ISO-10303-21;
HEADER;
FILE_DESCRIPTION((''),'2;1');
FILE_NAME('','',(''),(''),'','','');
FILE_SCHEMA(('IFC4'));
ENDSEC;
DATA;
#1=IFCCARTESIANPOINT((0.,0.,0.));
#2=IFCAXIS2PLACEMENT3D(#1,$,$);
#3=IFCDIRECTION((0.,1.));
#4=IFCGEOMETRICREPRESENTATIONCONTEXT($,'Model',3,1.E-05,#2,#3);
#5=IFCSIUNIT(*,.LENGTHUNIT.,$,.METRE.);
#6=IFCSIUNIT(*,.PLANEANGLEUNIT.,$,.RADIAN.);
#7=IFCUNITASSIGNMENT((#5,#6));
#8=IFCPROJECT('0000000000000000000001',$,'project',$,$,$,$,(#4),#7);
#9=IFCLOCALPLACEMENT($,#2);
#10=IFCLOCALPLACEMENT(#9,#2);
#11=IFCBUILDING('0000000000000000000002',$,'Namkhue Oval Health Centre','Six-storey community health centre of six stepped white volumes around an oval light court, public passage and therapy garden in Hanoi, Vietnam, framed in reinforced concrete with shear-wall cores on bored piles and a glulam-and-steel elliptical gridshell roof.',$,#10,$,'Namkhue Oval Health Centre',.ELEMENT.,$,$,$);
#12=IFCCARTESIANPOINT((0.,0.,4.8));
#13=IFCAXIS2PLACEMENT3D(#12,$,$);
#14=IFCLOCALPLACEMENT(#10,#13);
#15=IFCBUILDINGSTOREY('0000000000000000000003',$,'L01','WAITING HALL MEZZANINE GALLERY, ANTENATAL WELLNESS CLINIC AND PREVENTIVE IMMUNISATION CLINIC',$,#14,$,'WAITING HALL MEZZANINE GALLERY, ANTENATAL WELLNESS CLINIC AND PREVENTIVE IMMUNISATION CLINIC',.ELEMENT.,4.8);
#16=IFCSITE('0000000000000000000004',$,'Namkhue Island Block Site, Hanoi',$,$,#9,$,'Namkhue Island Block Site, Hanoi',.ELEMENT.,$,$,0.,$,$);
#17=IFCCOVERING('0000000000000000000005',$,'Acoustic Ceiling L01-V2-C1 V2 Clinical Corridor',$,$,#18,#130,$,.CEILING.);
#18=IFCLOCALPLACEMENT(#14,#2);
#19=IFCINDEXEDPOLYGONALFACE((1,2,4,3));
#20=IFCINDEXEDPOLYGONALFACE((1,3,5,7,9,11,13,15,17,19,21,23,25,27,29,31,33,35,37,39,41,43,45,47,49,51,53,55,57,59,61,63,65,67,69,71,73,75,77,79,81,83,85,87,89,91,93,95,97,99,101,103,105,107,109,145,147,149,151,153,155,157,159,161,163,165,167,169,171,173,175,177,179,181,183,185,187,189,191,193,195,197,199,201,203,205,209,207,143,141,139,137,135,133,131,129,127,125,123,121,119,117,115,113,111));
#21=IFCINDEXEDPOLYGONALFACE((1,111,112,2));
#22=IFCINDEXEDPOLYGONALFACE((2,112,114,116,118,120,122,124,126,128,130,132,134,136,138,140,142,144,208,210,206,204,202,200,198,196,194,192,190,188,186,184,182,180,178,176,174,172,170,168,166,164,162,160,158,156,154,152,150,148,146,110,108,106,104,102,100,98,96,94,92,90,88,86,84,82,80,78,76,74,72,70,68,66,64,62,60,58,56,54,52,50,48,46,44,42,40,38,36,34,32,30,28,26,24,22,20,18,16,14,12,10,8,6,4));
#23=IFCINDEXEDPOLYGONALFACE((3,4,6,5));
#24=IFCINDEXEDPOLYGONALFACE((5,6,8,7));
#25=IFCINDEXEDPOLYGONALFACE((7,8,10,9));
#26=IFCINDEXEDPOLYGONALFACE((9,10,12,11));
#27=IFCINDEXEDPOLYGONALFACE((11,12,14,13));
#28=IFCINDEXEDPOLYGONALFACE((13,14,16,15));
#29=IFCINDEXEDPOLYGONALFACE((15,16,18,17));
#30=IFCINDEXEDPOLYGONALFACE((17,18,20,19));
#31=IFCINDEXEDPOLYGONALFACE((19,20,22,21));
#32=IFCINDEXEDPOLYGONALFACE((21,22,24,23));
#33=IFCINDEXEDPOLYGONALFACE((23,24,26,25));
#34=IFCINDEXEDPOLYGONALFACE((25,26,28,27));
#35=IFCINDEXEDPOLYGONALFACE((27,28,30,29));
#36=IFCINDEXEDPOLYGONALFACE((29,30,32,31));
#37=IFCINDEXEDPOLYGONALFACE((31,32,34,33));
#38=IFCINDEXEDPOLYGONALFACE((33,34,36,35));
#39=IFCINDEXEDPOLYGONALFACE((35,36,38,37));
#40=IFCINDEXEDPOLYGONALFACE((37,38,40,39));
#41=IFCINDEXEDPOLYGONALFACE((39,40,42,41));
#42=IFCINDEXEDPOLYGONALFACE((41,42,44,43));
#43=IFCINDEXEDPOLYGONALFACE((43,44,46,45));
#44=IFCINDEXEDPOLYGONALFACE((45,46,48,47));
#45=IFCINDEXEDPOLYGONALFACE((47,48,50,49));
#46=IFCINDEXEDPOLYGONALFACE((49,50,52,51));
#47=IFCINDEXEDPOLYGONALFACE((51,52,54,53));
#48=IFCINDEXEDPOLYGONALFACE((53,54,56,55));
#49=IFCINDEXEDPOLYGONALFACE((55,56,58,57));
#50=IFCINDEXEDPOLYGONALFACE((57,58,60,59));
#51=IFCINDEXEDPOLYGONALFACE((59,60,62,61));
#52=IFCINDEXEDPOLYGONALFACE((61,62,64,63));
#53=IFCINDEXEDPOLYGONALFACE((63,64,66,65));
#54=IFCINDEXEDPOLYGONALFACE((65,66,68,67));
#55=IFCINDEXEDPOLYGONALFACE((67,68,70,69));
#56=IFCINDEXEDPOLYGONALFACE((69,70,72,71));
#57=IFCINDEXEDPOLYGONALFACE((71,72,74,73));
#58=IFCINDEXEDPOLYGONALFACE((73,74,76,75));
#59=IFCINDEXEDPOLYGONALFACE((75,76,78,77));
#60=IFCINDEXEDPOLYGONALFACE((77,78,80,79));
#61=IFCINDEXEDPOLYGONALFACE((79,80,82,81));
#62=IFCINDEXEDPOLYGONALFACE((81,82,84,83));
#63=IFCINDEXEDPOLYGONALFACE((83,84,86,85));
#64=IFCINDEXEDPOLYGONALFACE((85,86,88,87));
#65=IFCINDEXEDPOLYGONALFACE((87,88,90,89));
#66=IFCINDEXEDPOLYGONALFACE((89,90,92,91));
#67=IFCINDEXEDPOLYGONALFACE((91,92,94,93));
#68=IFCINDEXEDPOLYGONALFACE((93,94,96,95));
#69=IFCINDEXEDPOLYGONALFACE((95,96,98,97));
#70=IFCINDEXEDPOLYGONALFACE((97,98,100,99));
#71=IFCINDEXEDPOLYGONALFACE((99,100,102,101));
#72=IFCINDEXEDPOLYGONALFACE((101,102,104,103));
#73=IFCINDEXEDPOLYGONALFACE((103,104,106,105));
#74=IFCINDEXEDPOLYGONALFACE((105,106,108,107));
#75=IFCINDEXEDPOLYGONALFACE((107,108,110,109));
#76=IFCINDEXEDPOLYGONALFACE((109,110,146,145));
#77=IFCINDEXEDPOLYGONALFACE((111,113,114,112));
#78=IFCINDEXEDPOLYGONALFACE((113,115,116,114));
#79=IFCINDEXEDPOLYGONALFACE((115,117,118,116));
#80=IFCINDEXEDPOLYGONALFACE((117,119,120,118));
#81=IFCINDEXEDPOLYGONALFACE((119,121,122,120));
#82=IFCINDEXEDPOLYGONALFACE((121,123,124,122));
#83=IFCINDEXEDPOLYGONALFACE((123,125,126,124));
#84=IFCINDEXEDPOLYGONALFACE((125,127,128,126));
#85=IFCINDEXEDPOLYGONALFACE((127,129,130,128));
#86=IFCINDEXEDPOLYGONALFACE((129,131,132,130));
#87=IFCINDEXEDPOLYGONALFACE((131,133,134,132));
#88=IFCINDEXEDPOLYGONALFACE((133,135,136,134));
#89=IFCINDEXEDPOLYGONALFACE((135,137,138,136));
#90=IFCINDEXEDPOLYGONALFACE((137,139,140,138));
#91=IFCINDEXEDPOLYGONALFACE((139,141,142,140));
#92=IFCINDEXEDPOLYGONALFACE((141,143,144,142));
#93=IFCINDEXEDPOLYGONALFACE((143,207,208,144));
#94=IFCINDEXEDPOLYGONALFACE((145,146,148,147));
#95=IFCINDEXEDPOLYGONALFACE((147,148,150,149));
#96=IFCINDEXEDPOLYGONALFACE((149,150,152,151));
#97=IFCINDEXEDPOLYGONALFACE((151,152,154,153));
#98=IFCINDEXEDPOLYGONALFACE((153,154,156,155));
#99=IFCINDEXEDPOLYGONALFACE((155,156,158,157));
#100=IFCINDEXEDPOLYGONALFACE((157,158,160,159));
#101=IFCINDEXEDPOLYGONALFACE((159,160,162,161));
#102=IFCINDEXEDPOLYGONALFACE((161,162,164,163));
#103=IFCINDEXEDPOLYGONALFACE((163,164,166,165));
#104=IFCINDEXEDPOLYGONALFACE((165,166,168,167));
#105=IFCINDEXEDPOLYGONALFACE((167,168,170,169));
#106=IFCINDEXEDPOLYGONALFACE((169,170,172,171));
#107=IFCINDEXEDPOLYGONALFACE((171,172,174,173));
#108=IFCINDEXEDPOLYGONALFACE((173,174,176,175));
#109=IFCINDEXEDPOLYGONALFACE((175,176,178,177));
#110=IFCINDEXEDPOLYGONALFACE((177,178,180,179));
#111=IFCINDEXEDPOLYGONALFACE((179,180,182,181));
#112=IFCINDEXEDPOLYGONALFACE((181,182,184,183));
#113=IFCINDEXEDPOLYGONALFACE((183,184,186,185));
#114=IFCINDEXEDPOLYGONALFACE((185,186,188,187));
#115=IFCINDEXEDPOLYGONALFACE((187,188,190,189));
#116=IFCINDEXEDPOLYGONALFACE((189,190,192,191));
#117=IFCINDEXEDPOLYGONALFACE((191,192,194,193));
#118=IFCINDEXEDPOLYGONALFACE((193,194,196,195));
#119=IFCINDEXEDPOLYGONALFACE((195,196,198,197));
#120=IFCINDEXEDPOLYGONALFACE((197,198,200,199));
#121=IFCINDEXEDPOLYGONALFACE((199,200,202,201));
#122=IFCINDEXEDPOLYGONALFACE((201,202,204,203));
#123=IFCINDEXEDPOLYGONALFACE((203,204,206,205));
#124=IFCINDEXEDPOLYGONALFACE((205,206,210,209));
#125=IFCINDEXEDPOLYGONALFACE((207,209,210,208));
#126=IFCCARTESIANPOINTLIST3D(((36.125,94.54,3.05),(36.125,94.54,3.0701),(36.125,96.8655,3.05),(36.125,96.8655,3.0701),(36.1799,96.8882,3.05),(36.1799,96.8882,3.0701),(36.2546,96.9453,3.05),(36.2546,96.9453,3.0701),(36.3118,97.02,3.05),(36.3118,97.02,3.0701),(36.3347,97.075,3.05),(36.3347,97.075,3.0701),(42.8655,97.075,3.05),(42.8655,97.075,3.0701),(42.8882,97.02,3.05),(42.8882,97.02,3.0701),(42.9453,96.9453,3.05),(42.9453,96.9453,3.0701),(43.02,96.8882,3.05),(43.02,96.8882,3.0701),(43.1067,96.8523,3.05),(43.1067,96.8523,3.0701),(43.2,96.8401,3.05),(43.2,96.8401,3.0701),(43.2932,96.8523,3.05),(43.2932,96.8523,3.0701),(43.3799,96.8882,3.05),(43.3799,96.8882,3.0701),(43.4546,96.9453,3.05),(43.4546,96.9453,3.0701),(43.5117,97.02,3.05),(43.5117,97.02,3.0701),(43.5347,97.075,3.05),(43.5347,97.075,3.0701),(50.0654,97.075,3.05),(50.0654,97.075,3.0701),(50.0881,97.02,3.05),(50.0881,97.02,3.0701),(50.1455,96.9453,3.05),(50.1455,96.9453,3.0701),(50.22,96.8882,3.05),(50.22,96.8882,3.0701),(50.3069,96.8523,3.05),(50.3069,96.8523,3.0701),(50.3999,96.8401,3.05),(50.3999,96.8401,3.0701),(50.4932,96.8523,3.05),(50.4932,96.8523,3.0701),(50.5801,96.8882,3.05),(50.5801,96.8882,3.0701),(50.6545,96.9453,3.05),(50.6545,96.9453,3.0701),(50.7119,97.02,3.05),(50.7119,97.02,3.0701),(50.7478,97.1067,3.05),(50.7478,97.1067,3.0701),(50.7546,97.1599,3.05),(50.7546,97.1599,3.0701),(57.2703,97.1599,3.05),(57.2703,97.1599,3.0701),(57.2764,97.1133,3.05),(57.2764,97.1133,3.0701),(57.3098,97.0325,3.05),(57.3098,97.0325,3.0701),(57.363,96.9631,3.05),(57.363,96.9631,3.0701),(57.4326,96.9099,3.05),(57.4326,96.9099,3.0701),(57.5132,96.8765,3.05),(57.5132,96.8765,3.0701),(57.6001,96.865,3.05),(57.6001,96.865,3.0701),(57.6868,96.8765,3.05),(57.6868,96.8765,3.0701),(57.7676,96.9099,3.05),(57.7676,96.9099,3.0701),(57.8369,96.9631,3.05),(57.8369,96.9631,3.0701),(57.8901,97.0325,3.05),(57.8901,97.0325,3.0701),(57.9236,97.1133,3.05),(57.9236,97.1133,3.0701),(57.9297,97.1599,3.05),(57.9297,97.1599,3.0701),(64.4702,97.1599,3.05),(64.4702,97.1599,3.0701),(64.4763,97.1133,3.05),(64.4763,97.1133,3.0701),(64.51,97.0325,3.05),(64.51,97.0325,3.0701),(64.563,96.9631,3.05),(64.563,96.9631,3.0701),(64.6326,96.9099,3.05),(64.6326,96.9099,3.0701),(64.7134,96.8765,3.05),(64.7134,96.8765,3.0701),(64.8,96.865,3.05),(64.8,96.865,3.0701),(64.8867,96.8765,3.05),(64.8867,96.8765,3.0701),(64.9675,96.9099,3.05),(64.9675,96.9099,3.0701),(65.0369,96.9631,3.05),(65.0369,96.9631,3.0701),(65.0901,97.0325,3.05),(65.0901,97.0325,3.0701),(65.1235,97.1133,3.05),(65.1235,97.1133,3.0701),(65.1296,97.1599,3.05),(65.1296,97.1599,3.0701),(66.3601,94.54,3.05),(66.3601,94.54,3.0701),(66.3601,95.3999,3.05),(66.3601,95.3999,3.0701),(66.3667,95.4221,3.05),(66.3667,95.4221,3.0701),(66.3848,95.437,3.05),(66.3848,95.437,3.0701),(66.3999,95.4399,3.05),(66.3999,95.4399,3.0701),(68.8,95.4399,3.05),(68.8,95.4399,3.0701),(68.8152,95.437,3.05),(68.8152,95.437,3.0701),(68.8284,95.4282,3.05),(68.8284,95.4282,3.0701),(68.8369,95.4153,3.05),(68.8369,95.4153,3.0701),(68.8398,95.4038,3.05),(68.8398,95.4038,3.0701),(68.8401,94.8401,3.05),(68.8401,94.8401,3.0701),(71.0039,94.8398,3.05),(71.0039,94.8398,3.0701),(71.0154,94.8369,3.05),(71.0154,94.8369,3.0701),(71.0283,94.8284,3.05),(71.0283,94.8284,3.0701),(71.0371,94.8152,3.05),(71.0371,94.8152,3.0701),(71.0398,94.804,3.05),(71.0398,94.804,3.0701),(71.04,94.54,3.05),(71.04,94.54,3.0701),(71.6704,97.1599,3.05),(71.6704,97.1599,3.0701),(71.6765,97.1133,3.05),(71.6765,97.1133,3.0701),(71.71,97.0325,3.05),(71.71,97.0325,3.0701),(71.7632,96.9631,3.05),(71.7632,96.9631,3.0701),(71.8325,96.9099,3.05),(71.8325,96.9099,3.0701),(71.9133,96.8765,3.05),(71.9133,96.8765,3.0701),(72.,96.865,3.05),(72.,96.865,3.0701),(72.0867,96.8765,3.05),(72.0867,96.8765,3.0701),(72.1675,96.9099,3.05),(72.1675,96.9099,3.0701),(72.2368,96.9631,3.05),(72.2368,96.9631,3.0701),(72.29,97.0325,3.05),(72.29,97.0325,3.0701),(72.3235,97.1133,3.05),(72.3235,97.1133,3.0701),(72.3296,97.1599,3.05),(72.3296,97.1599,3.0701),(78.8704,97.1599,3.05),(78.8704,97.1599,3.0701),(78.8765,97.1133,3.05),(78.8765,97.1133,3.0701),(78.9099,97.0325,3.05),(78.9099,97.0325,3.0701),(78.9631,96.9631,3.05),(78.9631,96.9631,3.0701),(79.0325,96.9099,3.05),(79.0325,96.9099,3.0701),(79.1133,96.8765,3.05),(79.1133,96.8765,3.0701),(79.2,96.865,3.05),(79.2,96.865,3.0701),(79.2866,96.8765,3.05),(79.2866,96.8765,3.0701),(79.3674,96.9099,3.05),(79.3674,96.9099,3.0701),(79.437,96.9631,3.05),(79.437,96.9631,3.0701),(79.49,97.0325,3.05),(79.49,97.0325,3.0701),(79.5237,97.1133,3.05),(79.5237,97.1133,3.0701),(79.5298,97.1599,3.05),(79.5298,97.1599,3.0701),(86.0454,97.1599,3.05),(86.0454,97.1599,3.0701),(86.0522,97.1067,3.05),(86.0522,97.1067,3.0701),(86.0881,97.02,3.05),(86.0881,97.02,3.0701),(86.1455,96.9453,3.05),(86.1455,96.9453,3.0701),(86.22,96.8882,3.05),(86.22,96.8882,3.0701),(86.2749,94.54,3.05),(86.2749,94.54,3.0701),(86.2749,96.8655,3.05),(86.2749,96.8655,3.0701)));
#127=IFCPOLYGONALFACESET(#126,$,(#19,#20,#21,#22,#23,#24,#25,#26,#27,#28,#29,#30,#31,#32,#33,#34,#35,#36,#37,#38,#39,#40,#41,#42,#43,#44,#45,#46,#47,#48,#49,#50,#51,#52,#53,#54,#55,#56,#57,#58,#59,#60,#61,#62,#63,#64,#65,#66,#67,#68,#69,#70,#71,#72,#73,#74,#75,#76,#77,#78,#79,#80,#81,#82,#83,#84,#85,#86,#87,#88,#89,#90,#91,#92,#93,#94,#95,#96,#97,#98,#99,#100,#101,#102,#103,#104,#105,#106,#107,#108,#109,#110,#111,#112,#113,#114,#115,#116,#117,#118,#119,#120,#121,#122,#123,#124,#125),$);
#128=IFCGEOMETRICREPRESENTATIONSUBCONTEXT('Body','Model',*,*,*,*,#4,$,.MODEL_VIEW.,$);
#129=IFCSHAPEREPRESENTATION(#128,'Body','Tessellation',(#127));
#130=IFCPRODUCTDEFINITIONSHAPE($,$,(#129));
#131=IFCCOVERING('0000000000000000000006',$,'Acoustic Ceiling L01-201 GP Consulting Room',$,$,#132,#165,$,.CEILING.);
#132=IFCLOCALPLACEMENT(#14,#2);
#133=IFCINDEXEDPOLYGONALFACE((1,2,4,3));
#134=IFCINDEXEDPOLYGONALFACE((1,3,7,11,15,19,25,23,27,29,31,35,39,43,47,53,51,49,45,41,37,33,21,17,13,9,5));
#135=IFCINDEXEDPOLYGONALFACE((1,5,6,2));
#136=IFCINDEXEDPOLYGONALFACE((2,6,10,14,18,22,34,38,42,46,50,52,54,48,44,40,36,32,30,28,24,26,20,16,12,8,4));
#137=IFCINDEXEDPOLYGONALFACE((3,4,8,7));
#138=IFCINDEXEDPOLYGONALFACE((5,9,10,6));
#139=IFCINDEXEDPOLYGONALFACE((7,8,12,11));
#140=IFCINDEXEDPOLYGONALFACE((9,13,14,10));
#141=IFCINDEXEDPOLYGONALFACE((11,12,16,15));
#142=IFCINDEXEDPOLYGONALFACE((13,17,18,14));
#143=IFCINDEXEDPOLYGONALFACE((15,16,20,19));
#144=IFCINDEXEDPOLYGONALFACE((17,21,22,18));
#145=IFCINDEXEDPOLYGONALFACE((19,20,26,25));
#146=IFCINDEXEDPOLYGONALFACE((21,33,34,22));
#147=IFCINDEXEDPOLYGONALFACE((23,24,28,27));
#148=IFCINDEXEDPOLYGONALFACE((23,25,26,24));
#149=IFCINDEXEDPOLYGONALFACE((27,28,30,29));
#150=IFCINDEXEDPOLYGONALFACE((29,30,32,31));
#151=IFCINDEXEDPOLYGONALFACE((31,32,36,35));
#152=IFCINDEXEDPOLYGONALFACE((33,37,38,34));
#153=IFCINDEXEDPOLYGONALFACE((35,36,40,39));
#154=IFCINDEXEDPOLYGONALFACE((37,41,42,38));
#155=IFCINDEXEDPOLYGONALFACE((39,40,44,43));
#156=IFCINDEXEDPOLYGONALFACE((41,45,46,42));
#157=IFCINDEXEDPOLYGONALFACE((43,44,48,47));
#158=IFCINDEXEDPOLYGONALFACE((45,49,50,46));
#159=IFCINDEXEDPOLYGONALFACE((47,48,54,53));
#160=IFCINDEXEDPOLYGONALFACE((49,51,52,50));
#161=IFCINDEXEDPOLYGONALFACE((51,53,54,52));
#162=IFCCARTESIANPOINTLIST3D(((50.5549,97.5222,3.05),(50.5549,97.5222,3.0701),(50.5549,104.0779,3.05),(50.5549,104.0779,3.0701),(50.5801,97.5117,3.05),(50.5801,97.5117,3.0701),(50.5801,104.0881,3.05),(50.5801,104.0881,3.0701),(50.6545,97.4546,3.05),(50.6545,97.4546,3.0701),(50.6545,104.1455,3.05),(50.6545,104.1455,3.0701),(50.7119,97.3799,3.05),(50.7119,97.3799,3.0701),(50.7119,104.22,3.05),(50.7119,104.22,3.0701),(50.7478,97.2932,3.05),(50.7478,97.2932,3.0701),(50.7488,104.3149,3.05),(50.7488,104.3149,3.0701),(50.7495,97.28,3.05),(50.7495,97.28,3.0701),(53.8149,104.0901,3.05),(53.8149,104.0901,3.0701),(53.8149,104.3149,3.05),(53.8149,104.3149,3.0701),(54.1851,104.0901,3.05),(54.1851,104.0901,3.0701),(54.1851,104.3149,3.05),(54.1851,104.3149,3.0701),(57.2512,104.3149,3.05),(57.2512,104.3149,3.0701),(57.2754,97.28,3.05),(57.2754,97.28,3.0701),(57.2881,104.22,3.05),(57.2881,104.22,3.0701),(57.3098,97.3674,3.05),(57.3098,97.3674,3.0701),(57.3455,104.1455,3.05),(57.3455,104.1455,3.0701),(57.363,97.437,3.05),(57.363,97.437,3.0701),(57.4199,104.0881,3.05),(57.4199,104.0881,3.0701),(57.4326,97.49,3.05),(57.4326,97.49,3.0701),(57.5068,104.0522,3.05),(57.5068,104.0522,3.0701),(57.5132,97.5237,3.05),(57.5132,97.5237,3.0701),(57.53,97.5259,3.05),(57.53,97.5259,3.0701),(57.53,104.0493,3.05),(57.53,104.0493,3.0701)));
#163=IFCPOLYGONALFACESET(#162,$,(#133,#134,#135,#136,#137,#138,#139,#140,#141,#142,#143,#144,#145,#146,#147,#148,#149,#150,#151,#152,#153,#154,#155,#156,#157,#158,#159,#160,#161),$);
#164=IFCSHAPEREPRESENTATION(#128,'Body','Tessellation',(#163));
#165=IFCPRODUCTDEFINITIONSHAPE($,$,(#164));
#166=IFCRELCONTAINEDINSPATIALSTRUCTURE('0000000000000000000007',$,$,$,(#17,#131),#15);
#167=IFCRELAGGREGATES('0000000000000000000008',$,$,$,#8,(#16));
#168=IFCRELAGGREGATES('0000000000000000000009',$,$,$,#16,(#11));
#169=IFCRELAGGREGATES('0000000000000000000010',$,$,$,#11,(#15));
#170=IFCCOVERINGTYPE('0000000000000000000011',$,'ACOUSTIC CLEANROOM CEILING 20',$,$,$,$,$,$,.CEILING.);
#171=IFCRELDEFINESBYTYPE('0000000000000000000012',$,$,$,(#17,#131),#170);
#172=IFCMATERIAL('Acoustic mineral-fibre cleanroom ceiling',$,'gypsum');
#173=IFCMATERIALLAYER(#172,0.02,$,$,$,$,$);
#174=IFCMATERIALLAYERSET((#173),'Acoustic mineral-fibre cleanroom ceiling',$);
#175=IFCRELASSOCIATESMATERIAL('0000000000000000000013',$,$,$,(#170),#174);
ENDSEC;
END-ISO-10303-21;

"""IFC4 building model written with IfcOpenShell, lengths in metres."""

from ifc_helpers import new_model, si_unit, direction, frame, origin, place, context, subcontext, project, spatial, polyline, outline, extrude, material, layer, layer_set, type_object, element, save


model = new_model("IFC4")

# Units and contexts
model_context = context("Model", 3, precision=1e-05, world=origin(), true_north=direction((0.0, 1.0)))
body_context = subcontext(model_context, "Body", "Model", "MODEL_VIEW")
ifc_project = project(units=[si_unit("LENGTHUNIT", "METRE"), si_unit("PLANEANGLEUNIT", "RADIAN")], contexts=[model_context])

# Site, building, storey
site_placement = place(None, origin())
site = spatial("IfcSite", under=ifc_project, at=site_placement, Name="Namkhue Island Block Site, Hanoi", LongName="Namkhue Island Block Site, Hanoi", CompositionType="ELEMENT", RefElevation=0.0)
building_placement = place(site_placement, origin())
building = spatial("IfcBuilding", under=site, at=building_placement, Name="Namkhue Oval Health Centre", Description="Six-storey community health centre of six stepped white volumes around an oval light court, public passage and therapy garden in Hanoi, Vietnam, framed in reinforced concrete with shear-wall cores on bored piles and a glulam-and-steel elliptical gridshell roof.", LongName="Namkhue Oval Health Centre", CompositionType="ELEMENT")
storey_placement = place(building_placement, frame((0.0, 0.0, 4.8)))
storey = spatial("IfcBuildingStorey", under=building, at=storey_placement, Name="L01", Description="WAITING HALL MEZZANINE GALLERY, ANTENATAL WELLNESS CLINIC AND PREVENTIVE IMMUNISATION CLINIC", LongName="WAITING HALL MEZZANINE GALLERY, ANTENATAL WELLNESS CLINIC AND PREVENTIVE IMMUNISATION CLINIC", CompositionType="ELEMENT", Elevation=4.8)

# Coverings
ifc_material = material(Name="Acoustic mineral-fibre cleanroom ceiling", Category="gypsum")
ifc_layer = layer(ifc_material, 0.02)
ifc_layer_set = layer_set([ifc_layer], Name="Acoustic mineral-fibre cleanroom ceiling")
covering_type = type_object("IfcCoveringType", Name="ACOUSTIC CLEANROOM CEILING 20", PredefinedType="CEILING", material=ifc_layer_set)
covering_1_placement = place(storey_placement, frame((0.0, 0.0, 3.05)))
element("IfcCovering", 1, at=covering_1_placement, inside=storey, type_object=covering_type, Name="Acoustic Ceiling L01-V2-C1 V2 Clinical Corridor", PredefinedType="CEILING", context=body_context, shape_type="SweptSolid", body=[
    extrude(outline(polyline([(57.2703, 97.1599), (57.2764, 97.1133), (57.3098, 97.0325), (57.363, 96.9631), (57.4326, 96.9099), (57.5132, 96.8765), (57.6001, 96.865), (57.6868, 96.8765), (57.7676, 96.9099), (57.8369, 96.9631), (57.8901, 97.0325), (57.9236, 97.1133), (57.9297, 97.1599), (64.4702, 97.1599), (64.4763, 97.1133), (64.51, 97.0325), (64.563, 96.9631), (64.6326, 96.9099), (64.7134, 96.8765), (64.8, 96.865), (64.8867, 96.8765), (64.9675, 96.9099), (65.0369, 96.9631), (65.0901, 97.0325), (65.1235, 97.1133), (65.1296, 97.1599), (71.6704, 97.1599), (71.6765, 97.1133), (71.71, 97.0325), (71.7632, 96.9631), (71.8325, 96.9099), (71.9133, 96.8765), (72.0, 96.865), (72.0867, 96.8765), (72.1675, 96.9099), (72.2368, 96.9631), (72.29, 97.0325), (72.3235, 97.1133), (72.3296, 97.1599), (78.8704, 97.1599), (78.8765, 97.1133), (78.9099, 97.0325), (78.9631, 96.9631), (79.0325, 96.9099), (79.1133, 96.8765), (79.2, 96.865), (79.2866, 96.8765), (79.3674, 96.9099), (79.437, 96.9631), (79.49, 97.0325), (79.5237, 97.1133), (79.5298, 97.1599), (86.0454, 97.1599), (86.0522, 97.1067), (86.0881, 97.02), (86.1455, 96.9453), (86.22, 96.8882), (86.2749, 96.8655), (86.2749, 94.54), (71.04, 94.54), (71.0398, 94.804), (71.0371, 94.8152), (71.0283, 94.8284), (71.0154, 94.8369), (71.0039, 94.8398), (68.8401, 94.8401), (68.8398, 95.4038), (68.8369, 95.4153), (68.8284, 95.4282), (68.8152, 95.437), (68.8, 95.4399), (66.3999, 95.4399), (66.3848, 95.437), (66.3667, 95.4221), (66.3601, 95.3999), (66.3601, 94.54), (36.125, 94.54), (36.125, 96.8655), (36.1799, 96.8882), (36.2546, 96.9453), (36.3118, 97.02), (36.3347, 97.075), (42.8655, 97.075), (42.8882, 97.02), (42.9453, 96.9453), (43.02, 96.8882), (43.1067, 96.8523), (43.2, 96.8401), (43.2932, 96.8523), (43.3799, 96.8882), (43.4546, 96.9453), (43.5117, 97.02), (43.5347, 97.075), (50.0654, 97.075), (50.0881, 97.02), (50.1455, 96.9453), (50.22, 96.8882), (50.3069, 96.8523), (50.3999, 96.8401), (50.4932, 96.8523), (50.5801, 96.8882), (50.6545, 96.9453), (50.7119, 97.02), (50.7478, 97.1067), (50.7546, 97.1599), (57.2703, 97.1599)])), origin(), (0.0, 0.0, 1.0), 0.02),
])
covering_2_placement = place(storey_placement, frame((0.0, 0.0, 3.05)))
element("IfcCovering", 2, at=covering_2_placement, inside=storey, type_object=covering_type, Name="Acoustic Ceiling L01-201 GP Consulting Room", PredefinedType="CEILING", context=body_context, shape_type="SweptSolid", body=[
    extrude(outline(polyline([(50.7495, 97.28), (50.7478, 97.2932), (50.7119, 97.3799), (50.6545, 97.4546), (50.5801, 97.5117), (50.5549, 97.5222), (50.5549, 104.0779), (50.5801, 104.0881), (50.6545, 104.1455), (50.7119, 104.22), (50.7488, 104.3149), (53.8149, 104.3149), (53.8149, 104.0901), (54.1851, 104.0901), (54.1851, 104.3149), (57.2512, 104.3149), (57.2881, 104.22), (57.3455, 104.1455), (57.4199, 104.0881), (57.5068, 104.0522), (57.53, 104.0493), (57.53, 97.5259), (57.5132, 97.5237), (57.4326, 97.49), (57.363, 97.437), (57.3098, 97.3674), (57.2754, 97.28), (50.7495, 97.28)])), origin(), (0.0, 0.0, 1.0), 0.02),
])

save(model, "model.ifc")
